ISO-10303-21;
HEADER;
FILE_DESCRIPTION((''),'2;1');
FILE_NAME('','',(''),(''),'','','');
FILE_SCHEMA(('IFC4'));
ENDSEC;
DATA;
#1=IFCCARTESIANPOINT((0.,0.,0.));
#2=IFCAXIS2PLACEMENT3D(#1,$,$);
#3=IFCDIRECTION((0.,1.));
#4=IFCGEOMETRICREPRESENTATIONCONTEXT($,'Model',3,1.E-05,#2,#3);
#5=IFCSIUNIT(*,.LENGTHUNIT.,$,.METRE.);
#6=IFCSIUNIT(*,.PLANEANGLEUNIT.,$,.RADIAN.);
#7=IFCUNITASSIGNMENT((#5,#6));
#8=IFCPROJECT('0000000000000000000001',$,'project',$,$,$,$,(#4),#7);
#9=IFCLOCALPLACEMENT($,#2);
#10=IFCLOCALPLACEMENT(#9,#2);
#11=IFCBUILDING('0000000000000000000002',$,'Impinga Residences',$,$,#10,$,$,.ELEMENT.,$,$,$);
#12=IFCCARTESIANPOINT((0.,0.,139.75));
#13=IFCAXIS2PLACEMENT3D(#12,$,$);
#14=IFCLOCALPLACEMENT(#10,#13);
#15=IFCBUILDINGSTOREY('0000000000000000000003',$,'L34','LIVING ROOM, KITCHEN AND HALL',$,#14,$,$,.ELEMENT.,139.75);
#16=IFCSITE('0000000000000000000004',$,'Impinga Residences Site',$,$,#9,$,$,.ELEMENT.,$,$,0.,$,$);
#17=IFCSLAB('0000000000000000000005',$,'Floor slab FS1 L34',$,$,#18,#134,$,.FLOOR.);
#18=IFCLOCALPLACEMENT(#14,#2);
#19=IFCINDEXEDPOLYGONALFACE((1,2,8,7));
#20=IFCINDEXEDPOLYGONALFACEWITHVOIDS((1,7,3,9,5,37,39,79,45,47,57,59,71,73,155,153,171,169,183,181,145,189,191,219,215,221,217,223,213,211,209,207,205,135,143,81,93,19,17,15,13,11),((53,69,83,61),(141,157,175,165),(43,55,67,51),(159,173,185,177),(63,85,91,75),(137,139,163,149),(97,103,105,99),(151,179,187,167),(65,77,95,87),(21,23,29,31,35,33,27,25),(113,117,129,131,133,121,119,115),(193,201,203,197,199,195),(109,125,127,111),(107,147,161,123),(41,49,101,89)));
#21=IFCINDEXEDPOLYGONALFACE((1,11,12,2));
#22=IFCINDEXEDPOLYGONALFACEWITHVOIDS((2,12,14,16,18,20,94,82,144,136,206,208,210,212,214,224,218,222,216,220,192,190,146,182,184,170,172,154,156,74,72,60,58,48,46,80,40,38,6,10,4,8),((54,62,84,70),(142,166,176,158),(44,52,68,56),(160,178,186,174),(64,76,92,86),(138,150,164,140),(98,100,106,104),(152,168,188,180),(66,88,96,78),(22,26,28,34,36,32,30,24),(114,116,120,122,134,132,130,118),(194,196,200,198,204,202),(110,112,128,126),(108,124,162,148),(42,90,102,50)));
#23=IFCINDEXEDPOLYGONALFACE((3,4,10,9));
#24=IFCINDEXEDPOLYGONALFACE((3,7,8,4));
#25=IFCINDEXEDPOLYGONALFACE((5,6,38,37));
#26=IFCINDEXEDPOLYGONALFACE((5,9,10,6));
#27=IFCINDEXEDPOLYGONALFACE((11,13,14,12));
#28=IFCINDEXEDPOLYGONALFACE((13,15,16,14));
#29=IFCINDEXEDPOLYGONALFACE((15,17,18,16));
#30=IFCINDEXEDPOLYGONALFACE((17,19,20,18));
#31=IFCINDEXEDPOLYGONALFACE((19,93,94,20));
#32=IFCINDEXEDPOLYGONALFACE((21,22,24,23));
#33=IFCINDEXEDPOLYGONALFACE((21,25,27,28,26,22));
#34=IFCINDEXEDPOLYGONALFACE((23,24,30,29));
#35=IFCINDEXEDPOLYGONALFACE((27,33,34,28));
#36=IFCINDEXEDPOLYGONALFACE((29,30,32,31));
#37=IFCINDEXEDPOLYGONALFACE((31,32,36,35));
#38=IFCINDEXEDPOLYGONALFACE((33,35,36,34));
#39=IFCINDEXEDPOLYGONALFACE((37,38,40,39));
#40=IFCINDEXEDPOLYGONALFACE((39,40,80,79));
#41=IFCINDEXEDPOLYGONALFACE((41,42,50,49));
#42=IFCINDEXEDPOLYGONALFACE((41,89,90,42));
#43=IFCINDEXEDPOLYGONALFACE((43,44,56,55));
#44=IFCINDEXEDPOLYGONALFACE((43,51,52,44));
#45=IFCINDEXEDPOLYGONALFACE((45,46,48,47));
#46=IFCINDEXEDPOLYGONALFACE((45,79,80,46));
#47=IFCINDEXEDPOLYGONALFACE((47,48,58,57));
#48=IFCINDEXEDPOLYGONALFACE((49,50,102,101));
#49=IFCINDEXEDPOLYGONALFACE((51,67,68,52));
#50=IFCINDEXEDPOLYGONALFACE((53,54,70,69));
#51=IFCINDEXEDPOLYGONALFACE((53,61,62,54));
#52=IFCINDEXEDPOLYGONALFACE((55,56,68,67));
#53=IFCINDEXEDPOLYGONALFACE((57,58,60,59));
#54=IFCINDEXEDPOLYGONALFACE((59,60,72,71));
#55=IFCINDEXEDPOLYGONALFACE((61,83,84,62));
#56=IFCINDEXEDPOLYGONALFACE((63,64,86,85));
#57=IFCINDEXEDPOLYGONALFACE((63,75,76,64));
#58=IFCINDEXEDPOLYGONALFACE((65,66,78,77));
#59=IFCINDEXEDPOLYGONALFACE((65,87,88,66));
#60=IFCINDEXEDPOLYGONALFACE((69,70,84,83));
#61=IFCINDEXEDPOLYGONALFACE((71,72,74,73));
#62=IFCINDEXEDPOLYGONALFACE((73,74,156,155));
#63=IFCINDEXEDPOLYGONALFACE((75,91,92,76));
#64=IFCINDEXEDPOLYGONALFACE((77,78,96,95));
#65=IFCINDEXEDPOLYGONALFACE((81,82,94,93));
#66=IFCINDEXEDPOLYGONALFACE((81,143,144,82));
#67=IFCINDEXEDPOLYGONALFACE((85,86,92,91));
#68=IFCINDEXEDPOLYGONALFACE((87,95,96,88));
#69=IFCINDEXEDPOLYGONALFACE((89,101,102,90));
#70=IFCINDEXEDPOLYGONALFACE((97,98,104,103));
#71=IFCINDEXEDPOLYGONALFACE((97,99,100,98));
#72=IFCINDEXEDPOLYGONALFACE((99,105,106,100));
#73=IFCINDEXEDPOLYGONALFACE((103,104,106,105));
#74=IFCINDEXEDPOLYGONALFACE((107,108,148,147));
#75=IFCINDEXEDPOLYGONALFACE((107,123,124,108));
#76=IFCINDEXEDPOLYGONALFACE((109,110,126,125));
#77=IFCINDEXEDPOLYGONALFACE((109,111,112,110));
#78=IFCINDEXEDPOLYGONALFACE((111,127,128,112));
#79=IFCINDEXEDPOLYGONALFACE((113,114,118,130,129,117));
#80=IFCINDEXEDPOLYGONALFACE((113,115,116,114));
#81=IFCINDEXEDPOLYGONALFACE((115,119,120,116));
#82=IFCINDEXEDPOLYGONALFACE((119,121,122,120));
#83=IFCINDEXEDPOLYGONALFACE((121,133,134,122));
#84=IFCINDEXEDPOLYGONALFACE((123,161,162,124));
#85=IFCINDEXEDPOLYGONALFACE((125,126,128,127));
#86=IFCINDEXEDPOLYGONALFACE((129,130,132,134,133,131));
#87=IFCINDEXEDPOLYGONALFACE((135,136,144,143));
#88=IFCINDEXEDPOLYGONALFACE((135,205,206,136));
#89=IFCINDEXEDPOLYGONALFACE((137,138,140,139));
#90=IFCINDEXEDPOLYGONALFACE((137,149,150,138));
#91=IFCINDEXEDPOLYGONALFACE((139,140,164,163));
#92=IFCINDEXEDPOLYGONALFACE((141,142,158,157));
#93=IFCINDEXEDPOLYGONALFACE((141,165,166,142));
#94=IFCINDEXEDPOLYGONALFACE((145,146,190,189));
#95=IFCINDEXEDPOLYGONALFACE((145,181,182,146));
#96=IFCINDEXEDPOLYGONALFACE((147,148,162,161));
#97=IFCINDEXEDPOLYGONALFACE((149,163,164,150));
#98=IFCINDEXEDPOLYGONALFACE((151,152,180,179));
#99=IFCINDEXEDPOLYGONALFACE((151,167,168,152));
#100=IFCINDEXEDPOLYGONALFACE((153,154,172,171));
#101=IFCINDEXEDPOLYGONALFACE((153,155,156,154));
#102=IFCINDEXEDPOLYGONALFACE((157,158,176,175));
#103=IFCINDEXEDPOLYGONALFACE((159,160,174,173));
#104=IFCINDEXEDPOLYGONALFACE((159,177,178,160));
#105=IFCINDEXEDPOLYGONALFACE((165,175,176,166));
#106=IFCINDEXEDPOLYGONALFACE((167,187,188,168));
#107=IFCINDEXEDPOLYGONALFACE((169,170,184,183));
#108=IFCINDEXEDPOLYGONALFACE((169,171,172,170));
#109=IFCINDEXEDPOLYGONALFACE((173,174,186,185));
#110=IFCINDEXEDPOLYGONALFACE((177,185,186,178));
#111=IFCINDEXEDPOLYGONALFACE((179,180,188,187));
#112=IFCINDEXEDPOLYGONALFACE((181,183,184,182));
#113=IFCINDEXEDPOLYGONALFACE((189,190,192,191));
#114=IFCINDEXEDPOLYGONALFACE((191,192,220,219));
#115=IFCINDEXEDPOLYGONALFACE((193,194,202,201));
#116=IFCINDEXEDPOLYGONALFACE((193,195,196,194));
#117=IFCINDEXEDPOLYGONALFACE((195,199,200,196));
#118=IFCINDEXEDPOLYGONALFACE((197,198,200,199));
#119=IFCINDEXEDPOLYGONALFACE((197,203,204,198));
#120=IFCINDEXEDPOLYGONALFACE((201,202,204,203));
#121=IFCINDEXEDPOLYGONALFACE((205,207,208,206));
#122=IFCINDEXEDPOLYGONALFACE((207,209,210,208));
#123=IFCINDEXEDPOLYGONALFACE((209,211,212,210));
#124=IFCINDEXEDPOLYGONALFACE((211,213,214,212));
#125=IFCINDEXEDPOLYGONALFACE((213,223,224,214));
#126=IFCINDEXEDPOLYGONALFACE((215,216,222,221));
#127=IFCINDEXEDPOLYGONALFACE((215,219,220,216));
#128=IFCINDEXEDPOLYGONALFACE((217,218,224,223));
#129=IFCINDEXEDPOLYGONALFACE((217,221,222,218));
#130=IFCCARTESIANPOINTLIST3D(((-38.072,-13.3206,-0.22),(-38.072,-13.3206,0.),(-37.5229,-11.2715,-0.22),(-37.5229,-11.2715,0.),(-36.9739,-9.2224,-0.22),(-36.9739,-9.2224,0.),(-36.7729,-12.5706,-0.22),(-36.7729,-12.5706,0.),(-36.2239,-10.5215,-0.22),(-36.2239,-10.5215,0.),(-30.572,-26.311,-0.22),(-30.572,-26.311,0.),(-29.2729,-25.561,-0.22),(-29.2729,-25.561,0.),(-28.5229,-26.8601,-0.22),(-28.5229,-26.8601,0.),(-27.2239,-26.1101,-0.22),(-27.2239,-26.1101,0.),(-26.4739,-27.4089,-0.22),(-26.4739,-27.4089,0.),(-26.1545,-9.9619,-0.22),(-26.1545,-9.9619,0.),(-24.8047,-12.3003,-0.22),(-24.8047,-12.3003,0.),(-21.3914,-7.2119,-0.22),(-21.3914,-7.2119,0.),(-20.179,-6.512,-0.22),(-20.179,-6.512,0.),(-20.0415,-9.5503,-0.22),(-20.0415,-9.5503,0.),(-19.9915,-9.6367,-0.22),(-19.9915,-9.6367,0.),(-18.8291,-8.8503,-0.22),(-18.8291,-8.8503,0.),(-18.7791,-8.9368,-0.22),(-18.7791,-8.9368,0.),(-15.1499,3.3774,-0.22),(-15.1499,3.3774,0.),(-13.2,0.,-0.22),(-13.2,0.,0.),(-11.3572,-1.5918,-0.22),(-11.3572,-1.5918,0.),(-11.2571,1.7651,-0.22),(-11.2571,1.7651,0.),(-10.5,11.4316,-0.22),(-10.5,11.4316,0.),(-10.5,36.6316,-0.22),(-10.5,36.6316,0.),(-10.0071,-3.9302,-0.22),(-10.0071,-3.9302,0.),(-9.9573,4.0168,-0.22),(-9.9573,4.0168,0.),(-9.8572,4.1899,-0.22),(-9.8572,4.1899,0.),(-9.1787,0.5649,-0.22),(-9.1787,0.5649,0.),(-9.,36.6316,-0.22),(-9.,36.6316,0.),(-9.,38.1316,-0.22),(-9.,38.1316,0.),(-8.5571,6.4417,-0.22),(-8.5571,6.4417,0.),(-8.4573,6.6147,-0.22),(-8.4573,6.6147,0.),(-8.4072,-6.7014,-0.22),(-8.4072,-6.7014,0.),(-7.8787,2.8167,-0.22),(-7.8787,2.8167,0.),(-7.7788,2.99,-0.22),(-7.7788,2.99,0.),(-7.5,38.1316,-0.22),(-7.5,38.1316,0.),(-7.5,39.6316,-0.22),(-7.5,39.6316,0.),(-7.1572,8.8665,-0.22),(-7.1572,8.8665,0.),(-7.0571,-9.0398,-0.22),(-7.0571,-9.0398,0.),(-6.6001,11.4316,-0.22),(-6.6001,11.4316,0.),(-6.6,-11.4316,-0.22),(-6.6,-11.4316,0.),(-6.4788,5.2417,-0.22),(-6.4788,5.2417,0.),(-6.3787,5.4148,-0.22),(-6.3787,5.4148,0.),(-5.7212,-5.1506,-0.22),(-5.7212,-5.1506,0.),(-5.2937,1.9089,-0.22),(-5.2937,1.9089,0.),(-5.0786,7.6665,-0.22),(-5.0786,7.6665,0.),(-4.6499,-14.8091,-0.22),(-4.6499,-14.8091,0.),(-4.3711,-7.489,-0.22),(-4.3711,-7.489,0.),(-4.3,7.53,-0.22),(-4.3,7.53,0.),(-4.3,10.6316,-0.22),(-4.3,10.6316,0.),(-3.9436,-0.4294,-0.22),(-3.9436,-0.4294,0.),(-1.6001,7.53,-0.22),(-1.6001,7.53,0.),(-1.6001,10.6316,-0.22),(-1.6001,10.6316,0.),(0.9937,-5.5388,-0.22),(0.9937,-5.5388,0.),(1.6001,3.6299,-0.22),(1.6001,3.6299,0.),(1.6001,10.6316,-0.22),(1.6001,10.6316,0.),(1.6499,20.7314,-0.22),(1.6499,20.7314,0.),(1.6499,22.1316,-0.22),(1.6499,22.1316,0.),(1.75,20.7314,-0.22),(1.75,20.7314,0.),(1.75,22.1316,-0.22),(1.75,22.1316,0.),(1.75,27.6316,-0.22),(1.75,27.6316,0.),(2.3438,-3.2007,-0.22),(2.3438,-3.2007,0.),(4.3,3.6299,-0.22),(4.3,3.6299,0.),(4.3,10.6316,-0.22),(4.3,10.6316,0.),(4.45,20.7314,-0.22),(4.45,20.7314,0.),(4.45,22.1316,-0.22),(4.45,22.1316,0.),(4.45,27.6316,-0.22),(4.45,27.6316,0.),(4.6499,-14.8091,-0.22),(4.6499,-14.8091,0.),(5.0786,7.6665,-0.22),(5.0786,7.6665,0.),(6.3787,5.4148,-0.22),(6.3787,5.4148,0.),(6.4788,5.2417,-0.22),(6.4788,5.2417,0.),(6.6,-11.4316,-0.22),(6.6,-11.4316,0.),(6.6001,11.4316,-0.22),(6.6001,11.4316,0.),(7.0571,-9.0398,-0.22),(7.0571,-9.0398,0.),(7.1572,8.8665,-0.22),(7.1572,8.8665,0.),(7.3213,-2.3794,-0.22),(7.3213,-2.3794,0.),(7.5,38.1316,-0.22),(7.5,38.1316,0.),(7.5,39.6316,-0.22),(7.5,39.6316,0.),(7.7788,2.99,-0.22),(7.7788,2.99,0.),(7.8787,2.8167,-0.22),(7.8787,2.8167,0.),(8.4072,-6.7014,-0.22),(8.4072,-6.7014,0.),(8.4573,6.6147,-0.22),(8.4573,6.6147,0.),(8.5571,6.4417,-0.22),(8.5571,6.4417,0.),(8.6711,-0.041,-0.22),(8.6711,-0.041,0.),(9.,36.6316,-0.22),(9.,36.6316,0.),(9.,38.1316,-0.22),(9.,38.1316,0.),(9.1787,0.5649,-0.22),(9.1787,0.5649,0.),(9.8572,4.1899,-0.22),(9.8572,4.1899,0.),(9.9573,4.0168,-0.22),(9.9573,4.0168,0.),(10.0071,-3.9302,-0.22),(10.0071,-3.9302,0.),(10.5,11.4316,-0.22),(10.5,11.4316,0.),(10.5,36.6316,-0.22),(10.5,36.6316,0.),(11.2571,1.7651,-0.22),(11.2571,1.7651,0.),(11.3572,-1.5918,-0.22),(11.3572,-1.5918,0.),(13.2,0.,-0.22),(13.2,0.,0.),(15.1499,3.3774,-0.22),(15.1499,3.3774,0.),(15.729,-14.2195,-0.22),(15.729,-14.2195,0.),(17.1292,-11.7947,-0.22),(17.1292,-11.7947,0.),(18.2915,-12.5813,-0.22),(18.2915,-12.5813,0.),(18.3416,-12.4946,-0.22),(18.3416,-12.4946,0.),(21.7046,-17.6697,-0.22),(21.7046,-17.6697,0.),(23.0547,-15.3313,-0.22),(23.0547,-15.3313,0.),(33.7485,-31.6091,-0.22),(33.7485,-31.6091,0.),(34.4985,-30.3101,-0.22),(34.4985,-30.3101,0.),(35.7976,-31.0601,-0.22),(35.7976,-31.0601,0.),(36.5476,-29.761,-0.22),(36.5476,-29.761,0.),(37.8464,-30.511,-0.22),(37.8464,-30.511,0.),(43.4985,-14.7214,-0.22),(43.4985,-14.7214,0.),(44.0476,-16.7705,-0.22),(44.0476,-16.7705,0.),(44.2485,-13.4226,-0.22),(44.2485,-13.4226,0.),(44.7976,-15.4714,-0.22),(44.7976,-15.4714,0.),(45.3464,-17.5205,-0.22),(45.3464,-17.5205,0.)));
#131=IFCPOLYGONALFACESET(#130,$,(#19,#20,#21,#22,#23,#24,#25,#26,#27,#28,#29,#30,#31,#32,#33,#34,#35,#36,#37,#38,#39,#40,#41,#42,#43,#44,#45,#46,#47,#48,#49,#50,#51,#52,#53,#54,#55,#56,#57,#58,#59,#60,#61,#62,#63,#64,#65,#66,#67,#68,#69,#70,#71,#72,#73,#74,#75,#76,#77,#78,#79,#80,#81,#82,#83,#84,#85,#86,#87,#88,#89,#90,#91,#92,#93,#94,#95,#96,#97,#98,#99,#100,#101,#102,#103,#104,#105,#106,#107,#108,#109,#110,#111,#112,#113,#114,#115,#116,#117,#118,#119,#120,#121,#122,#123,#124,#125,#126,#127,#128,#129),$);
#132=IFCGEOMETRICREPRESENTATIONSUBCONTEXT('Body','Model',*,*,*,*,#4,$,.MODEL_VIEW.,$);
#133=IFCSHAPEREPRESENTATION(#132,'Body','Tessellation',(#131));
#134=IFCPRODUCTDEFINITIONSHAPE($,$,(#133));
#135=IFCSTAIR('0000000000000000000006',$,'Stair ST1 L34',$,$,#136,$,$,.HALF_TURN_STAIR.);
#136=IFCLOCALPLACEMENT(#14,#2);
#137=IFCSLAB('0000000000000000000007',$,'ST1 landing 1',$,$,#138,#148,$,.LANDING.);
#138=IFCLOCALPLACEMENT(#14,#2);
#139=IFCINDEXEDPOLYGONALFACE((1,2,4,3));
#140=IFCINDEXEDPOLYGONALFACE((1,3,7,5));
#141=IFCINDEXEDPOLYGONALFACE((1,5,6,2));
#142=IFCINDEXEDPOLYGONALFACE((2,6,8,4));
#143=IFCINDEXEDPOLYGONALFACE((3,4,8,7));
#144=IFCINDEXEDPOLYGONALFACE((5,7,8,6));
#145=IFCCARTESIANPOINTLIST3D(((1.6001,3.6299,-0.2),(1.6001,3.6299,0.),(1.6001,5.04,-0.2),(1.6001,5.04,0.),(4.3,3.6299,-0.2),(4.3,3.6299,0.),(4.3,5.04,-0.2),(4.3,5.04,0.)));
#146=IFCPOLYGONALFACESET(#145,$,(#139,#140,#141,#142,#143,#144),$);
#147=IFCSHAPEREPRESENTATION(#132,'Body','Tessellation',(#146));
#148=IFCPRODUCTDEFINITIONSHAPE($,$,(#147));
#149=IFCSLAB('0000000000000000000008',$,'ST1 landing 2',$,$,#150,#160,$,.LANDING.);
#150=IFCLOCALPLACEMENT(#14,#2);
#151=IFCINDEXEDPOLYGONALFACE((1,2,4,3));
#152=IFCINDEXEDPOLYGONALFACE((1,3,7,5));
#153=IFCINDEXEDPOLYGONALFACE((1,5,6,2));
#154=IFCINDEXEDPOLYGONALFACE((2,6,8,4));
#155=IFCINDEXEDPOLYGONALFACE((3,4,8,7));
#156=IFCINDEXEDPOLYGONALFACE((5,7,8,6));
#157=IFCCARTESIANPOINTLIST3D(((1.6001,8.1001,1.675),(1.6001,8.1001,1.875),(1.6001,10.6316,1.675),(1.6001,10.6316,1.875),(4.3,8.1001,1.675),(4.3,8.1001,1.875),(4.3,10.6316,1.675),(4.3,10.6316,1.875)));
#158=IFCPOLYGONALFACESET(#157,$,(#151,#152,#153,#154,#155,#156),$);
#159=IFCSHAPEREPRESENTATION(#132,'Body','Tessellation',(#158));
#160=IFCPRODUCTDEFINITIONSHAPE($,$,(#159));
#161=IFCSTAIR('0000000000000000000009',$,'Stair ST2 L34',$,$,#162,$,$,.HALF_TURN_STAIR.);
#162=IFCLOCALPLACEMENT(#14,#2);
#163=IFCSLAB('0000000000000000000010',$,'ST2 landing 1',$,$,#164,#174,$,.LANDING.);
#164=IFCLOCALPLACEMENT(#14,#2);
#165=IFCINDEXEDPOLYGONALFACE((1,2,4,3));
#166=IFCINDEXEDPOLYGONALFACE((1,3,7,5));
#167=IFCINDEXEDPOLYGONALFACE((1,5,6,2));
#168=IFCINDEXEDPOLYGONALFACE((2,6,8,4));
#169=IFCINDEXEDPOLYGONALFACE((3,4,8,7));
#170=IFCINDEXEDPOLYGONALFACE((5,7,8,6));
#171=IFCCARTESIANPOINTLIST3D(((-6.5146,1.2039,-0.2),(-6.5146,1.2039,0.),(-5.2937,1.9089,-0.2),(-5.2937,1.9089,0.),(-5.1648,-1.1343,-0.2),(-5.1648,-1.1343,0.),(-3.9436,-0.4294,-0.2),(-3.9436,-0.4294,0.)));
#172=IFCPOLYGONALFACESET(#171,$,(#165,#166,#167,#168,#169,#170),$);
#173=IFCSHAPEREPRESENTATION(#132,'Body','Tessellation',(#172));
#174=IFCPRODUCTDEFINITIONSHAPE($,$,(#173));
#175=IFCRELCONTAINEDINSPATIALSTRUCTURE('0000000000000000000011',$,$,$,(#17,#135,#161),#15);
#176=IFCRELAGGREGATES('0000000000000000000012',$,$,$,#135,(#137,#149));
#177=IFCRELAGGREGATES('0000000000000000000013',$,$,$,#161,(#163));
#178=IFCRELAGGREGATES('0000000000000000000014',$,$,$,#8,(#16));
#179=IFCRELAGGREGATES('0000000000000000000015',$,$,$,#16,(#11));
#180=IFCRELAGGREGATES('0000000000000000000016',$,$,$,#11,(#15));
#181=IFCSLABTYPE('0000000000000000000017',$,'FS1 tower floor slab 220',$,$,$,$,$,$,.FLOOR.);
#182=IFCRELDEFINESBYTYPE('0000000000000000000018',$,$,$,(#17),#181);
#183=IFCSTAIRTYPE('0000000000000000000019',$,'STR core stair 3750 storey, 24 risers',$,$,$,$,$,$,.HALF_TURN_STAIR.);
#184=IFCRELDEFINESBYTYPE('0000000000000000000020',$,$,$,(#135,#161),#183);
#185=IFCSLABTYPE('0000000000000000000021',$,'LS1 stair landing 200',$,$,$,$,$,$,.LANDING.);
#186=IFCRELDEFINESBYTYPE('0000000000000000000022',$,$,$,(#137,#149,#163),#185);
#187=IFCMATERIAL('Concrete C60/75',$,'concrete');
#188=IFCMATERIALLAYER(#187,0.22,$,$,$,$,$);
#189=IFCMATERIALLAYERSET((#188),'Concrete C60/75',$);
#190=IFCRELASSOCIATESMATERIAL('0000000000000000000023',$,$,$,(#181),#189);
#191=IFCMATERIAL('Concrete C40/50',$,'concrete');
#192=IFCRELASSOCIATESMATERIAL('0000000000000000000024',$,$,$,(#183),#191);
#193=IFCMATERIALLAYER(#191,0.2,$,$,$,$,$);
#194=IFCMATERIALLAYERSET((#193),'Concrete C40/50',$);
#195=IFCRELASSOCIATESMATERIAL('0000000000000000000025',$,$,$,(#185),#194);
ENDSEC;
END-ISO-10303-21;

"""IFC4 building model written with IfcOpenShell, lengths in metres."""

from ifc_helpers import new_model, si_unit, direction, frame, origin, place, context, subcontext, project, spatial, polyline, outline, extrude, material, layer, layer_set, type_object, element, aggregate, save


model = new_model("IFC4")

# Units and contexts
model_context = context("Model", 3, precision=1e-05, world=origin(), true_north=direction((0.0, 1.0)))
body_context = subcontext(model_context, "Body", "Model", "MODEL_VIEW")
ifc_project = project(units=[si_unit("LENGTHUNIT", "METRE"), si_unit("PLANEANGLEUNIT", "RADIAN")], contexts=[model_context])

# Site, building, storey
site_placement = place(None, origin())
site = spatial("IfcSite", under=ifc_project, at=site_placement, Name="Impinga Residences Site", CompositionType="ELEMENT", RefElevation=0.0)
building_placement = place(site_placement, origin())
building = spatial("IfcBuilding", under=site, at=building_placement, Name="Impinga Residences", CompositionType="ELEMENT")
storey_placement = place(building_placement, frame((0.0, 0.0, 139.75)))
storey = spatial("IfcBuildingStorey", under=building, at=storey_placement, Name="L34", Description="LIVING ROOM, KITCHEN AND HALL", CompositionType="ELEMENT", Elevation=139.75)

# Slab
ifc_material_1 = material(Name="Concrete C60/75", Category="concrete")
ifc_layer_1 = layer(ifc_material_1, 0.22)
ifc_layer_set_1 = layer_set([ifc_layer_1], Name="Concrete C60/75")
slab_type_1 = type_object("IfcSlabType", Name="FS1 tower floor slab 220", PredefinedType="FLOOR", material=ifc_layer_set_1)
slab_1_placement = place(storey_placement, frame((0.0, 0.0, -0.22)))
element("IfcSlab", 1, at=slab_1_placement, inside=storey, type_object=slab_type_1, Name="Floor slab FS1 L34", PredefinedType="FLOOR", context=body_context, shape_type="SweptSolid", body=[
    extrude(outline(polyline([(43.4985, -14.7214), (44.7976, -15.4714), (44.0476, -16.7705), (45.3464, -17.5205), (37.8464, -30.511), (36.5476, -29.761), (35.7976, -31.0601), (34.4985, -30.3101), (33.7485, -31.6091), (4.6499, -14.8091), (9.9001, -5.7158), (6.6001, -11.4316), (-6.6001, -11.4316), (-9.9001, -5.7158), (-4.6499, -14.8091), (-26.4739, -27.4089), (-27.2239, -26.1101), (-28.5229, -26.8601), (-29.2729, -25.561), (-30.572, -26.311), (-38.072, -13.3206), (-36.7729, -12.5706), (-37.5229, -11.2715), (-36.2239, -10.5215), (-36.9739, -9.2224), (-15.1499, 3.3774), (-13.2, 0.0), (-6.6001, 11.4316), (-10.5, 11.4316), (-10.5, 36.6316), (-9.0, 36.6316), (-9.0, 38.1316), (-7.5, 38.1316), (-7.5, 39.6316), (7.5, 39.6316), (7.5, 38.1316), (9.0, 38.1316), (9.0, 36.6316), (10.5, 36.6316), (10.5, 11.4316), (6.6001, 11.4316), (13.2, 0.0), (15.1499, 3.3774), (44.2485, -13.4226), (43.4985, -14.7214)]), holes=[polyline([(-18.7791, -8.9368), (-18.8291, -8.8503), (-18.8291, -8.8503), (-20.179, -6.512), (-21.3914, -7.2119), (-21.3914, -7.2119), (-26.1545, -9.9619), (-24.8047, -12.3003), (-20.0415, -9.5503), (-19.9915, -9.6367), (-18.7791, -8.9368)]), polyline([(-4.3711, -7.489), (-5.7212, -5.1506), (-8.4072, -6.7014), (-7.0571, -9.0398), (-4.3711, -7.489)]), polyline([(-3.9436, -0.4294), (-5.2937, 1.9089), (-11.3572, -1.5918), (-10.0071, -3.9302), (-3.9436, -0.4294)]), polyline([(-7.8787, 2.8167), (-9.9573, 4.0168), (-11.2571, 1.7651), (-9.1787, 0.5649), (-7.8787, 2.8167)]), polyline([(-6.4788, 5.2417), (-8.5571, 6.4417), (-9.8572, 4.1899), (-7.7788, 2.99), (-6.4788, 5.2417)]), polyline([(4.3, 3.6299), (4.3, 10.6316), (1.6001, 10.6316), (1.6001, 3.6299), (4.3, 3.6299)]), polyline([(-6.3787, 5.4148), (-5.0786, 7.6665), (-7.1572, 8.8665), (-8.4573, 6.6147), (-6.3787, 5.4148)]), polyline([(-4.3, 7.53), (-1.6001, 7.53), (-1.6001, 10.6316), (-4.3, 10.6316), (-4.3, 7.53)]), polyline([(4.45, 20.7314), (4.45, 22.1316), (4.45, 27.6316), (1.75, 27.6316), (1.75, 22.1316), (1.6499, 22.1316), (1.6499, 20.7314), (1.75, 20.7314), (4.45, 20.7314)]), polyline([(15.729, -14.2195), (21.7046, -17.6697), (23.0547, -15.3313), (18.2915, -12.5813), (18.3416, -12.4946), (17.1292, -11.7947), (15.729, -14.2195)]), polyline([(2.3438, -3.2007), (0.9937, -5.5388), (7.0571, -9.0398), (8.4072, -6.7014), (2.3438, -3.2007)]), polyline([(7.3213, -2.3794), (10.0071, -3.9302), (11.3572, -1.5918), (8.6711, -0.041), (7.3213, -2.3794)]), polyline([(7.8787, 2.8167), (9.1787, 0.5649), (11.2571, 1.7651), (9.9573, 4.0168), (7.8787, 2.8167)]), polyline([(6.4788, 5.2417), (7.7788, 2.99), (9.8572, 4.1899), (8.5571, 6.4417), (6.4788, 5.2417)]), polyline([(6.3787, 5.4148), (8.4573, 6.6147), (7.1572, 8.8665), (5.0786, 7.6665), (6.3787, 5.4148)])]), origin(), (0.0, 0.0, 1.0), 0.22),
])

# Stairs, slabs
ifc_material_2 = material(Name="Concrete C40/50", Category="concrete")
stair_type_1 = type_object("IfcStairType", Name="STR core stair 3750 storey, 24 risers", PredefinedType="HALF_TURN_STAIR", material=ifc_material_2)
stair_1_placement = place(storey_placement, origin())
stair_1 = element("IfcStair", 2, at=stair_1_placement, inside=storey, type_object=stair_type_1, Name="Stair ST1 L34", PredefinedType="HALF_TURN_STAIR")
ifc_layer_2 = layer(ifc_material_2, 0.2)
ifc_layer_set_2 = layer_set([ifc_layer_2], Name="Concrete C40/50")
slab_type_2 = type_object("IfcSlabType", Name="LS1 stair landing 200", PredefinedType="LANDING", material=ifc_layer_set_2)
slab_2_placement = place(storey_placement, frame((0.0, 0.0, -0.2)))
slab_2 = element("IfcSlab", 3, at=slab_2_placement, type_object=slab_type_2, Name="ST1 landing 1", PredefinedType="LANDING", context=body_context, shape_type="SweptSolid", body=[
    extrude(outline(polyline([(1.6001, 3.6299), (4.3, 3.6299), (4.3, 5.04), (1.6001, 5.04), (1.6001, 3.6299)])), origin(), (0.0, 0.0, 1.0), 0.2),
])
slab_3_placement = place(storey_placement, frame((0.0, 0.0, 1.675)))
slab_3 = element("IfcSlab", 4, at=slab_3_placement, type_object=slab_type_2, Name="ST1 landing 2", PredefinedType="LANDING", context=body_context, shape_type="SweptSolid", body=[
    extrude(outline(polyline([(1.6001, 8.1001), (4.3, 8.1001), (4.3, 10.6316), (1.6001, 10.6316), (1.6001, 8.1001)])), origin(), (0.0, 0.0, 1.0), 0.2),
])
aggregate(stair_1, [slab_2, slab_3])
stair_2_placement = place(storey_placement, origin())
stair_2 = element("IfcStair", 5, at=stair_2_placement, inside=storey, type_object=stair_type_1, Name="Stair ST2 L34", PredefinedType="HALF_TURN_STAIR")
slab_4_placement = place(storey_placement, frame((0.0, 0.0, -0.2)))
slab_4 = element("IfcSlab", 6, at=slab_4_placement, type_object=slab_type_2, Name="ST2 landing 1", PredefinedType="LANDING", context=body_context, shape_type="SweptSolid", body=[
    extrude(outline(polyline([(-3.9436, -0.4294), (-5.2937, 1.9089), (-6.5146, 1.2039), (-5.1648, -1.1343), (-3.9436, -0.4294)])), origin(), (0.0, 0.0, 1.0), 0.2),
])
aggregate(stair_2, [slab_4])

save(model, "model.ifc")
